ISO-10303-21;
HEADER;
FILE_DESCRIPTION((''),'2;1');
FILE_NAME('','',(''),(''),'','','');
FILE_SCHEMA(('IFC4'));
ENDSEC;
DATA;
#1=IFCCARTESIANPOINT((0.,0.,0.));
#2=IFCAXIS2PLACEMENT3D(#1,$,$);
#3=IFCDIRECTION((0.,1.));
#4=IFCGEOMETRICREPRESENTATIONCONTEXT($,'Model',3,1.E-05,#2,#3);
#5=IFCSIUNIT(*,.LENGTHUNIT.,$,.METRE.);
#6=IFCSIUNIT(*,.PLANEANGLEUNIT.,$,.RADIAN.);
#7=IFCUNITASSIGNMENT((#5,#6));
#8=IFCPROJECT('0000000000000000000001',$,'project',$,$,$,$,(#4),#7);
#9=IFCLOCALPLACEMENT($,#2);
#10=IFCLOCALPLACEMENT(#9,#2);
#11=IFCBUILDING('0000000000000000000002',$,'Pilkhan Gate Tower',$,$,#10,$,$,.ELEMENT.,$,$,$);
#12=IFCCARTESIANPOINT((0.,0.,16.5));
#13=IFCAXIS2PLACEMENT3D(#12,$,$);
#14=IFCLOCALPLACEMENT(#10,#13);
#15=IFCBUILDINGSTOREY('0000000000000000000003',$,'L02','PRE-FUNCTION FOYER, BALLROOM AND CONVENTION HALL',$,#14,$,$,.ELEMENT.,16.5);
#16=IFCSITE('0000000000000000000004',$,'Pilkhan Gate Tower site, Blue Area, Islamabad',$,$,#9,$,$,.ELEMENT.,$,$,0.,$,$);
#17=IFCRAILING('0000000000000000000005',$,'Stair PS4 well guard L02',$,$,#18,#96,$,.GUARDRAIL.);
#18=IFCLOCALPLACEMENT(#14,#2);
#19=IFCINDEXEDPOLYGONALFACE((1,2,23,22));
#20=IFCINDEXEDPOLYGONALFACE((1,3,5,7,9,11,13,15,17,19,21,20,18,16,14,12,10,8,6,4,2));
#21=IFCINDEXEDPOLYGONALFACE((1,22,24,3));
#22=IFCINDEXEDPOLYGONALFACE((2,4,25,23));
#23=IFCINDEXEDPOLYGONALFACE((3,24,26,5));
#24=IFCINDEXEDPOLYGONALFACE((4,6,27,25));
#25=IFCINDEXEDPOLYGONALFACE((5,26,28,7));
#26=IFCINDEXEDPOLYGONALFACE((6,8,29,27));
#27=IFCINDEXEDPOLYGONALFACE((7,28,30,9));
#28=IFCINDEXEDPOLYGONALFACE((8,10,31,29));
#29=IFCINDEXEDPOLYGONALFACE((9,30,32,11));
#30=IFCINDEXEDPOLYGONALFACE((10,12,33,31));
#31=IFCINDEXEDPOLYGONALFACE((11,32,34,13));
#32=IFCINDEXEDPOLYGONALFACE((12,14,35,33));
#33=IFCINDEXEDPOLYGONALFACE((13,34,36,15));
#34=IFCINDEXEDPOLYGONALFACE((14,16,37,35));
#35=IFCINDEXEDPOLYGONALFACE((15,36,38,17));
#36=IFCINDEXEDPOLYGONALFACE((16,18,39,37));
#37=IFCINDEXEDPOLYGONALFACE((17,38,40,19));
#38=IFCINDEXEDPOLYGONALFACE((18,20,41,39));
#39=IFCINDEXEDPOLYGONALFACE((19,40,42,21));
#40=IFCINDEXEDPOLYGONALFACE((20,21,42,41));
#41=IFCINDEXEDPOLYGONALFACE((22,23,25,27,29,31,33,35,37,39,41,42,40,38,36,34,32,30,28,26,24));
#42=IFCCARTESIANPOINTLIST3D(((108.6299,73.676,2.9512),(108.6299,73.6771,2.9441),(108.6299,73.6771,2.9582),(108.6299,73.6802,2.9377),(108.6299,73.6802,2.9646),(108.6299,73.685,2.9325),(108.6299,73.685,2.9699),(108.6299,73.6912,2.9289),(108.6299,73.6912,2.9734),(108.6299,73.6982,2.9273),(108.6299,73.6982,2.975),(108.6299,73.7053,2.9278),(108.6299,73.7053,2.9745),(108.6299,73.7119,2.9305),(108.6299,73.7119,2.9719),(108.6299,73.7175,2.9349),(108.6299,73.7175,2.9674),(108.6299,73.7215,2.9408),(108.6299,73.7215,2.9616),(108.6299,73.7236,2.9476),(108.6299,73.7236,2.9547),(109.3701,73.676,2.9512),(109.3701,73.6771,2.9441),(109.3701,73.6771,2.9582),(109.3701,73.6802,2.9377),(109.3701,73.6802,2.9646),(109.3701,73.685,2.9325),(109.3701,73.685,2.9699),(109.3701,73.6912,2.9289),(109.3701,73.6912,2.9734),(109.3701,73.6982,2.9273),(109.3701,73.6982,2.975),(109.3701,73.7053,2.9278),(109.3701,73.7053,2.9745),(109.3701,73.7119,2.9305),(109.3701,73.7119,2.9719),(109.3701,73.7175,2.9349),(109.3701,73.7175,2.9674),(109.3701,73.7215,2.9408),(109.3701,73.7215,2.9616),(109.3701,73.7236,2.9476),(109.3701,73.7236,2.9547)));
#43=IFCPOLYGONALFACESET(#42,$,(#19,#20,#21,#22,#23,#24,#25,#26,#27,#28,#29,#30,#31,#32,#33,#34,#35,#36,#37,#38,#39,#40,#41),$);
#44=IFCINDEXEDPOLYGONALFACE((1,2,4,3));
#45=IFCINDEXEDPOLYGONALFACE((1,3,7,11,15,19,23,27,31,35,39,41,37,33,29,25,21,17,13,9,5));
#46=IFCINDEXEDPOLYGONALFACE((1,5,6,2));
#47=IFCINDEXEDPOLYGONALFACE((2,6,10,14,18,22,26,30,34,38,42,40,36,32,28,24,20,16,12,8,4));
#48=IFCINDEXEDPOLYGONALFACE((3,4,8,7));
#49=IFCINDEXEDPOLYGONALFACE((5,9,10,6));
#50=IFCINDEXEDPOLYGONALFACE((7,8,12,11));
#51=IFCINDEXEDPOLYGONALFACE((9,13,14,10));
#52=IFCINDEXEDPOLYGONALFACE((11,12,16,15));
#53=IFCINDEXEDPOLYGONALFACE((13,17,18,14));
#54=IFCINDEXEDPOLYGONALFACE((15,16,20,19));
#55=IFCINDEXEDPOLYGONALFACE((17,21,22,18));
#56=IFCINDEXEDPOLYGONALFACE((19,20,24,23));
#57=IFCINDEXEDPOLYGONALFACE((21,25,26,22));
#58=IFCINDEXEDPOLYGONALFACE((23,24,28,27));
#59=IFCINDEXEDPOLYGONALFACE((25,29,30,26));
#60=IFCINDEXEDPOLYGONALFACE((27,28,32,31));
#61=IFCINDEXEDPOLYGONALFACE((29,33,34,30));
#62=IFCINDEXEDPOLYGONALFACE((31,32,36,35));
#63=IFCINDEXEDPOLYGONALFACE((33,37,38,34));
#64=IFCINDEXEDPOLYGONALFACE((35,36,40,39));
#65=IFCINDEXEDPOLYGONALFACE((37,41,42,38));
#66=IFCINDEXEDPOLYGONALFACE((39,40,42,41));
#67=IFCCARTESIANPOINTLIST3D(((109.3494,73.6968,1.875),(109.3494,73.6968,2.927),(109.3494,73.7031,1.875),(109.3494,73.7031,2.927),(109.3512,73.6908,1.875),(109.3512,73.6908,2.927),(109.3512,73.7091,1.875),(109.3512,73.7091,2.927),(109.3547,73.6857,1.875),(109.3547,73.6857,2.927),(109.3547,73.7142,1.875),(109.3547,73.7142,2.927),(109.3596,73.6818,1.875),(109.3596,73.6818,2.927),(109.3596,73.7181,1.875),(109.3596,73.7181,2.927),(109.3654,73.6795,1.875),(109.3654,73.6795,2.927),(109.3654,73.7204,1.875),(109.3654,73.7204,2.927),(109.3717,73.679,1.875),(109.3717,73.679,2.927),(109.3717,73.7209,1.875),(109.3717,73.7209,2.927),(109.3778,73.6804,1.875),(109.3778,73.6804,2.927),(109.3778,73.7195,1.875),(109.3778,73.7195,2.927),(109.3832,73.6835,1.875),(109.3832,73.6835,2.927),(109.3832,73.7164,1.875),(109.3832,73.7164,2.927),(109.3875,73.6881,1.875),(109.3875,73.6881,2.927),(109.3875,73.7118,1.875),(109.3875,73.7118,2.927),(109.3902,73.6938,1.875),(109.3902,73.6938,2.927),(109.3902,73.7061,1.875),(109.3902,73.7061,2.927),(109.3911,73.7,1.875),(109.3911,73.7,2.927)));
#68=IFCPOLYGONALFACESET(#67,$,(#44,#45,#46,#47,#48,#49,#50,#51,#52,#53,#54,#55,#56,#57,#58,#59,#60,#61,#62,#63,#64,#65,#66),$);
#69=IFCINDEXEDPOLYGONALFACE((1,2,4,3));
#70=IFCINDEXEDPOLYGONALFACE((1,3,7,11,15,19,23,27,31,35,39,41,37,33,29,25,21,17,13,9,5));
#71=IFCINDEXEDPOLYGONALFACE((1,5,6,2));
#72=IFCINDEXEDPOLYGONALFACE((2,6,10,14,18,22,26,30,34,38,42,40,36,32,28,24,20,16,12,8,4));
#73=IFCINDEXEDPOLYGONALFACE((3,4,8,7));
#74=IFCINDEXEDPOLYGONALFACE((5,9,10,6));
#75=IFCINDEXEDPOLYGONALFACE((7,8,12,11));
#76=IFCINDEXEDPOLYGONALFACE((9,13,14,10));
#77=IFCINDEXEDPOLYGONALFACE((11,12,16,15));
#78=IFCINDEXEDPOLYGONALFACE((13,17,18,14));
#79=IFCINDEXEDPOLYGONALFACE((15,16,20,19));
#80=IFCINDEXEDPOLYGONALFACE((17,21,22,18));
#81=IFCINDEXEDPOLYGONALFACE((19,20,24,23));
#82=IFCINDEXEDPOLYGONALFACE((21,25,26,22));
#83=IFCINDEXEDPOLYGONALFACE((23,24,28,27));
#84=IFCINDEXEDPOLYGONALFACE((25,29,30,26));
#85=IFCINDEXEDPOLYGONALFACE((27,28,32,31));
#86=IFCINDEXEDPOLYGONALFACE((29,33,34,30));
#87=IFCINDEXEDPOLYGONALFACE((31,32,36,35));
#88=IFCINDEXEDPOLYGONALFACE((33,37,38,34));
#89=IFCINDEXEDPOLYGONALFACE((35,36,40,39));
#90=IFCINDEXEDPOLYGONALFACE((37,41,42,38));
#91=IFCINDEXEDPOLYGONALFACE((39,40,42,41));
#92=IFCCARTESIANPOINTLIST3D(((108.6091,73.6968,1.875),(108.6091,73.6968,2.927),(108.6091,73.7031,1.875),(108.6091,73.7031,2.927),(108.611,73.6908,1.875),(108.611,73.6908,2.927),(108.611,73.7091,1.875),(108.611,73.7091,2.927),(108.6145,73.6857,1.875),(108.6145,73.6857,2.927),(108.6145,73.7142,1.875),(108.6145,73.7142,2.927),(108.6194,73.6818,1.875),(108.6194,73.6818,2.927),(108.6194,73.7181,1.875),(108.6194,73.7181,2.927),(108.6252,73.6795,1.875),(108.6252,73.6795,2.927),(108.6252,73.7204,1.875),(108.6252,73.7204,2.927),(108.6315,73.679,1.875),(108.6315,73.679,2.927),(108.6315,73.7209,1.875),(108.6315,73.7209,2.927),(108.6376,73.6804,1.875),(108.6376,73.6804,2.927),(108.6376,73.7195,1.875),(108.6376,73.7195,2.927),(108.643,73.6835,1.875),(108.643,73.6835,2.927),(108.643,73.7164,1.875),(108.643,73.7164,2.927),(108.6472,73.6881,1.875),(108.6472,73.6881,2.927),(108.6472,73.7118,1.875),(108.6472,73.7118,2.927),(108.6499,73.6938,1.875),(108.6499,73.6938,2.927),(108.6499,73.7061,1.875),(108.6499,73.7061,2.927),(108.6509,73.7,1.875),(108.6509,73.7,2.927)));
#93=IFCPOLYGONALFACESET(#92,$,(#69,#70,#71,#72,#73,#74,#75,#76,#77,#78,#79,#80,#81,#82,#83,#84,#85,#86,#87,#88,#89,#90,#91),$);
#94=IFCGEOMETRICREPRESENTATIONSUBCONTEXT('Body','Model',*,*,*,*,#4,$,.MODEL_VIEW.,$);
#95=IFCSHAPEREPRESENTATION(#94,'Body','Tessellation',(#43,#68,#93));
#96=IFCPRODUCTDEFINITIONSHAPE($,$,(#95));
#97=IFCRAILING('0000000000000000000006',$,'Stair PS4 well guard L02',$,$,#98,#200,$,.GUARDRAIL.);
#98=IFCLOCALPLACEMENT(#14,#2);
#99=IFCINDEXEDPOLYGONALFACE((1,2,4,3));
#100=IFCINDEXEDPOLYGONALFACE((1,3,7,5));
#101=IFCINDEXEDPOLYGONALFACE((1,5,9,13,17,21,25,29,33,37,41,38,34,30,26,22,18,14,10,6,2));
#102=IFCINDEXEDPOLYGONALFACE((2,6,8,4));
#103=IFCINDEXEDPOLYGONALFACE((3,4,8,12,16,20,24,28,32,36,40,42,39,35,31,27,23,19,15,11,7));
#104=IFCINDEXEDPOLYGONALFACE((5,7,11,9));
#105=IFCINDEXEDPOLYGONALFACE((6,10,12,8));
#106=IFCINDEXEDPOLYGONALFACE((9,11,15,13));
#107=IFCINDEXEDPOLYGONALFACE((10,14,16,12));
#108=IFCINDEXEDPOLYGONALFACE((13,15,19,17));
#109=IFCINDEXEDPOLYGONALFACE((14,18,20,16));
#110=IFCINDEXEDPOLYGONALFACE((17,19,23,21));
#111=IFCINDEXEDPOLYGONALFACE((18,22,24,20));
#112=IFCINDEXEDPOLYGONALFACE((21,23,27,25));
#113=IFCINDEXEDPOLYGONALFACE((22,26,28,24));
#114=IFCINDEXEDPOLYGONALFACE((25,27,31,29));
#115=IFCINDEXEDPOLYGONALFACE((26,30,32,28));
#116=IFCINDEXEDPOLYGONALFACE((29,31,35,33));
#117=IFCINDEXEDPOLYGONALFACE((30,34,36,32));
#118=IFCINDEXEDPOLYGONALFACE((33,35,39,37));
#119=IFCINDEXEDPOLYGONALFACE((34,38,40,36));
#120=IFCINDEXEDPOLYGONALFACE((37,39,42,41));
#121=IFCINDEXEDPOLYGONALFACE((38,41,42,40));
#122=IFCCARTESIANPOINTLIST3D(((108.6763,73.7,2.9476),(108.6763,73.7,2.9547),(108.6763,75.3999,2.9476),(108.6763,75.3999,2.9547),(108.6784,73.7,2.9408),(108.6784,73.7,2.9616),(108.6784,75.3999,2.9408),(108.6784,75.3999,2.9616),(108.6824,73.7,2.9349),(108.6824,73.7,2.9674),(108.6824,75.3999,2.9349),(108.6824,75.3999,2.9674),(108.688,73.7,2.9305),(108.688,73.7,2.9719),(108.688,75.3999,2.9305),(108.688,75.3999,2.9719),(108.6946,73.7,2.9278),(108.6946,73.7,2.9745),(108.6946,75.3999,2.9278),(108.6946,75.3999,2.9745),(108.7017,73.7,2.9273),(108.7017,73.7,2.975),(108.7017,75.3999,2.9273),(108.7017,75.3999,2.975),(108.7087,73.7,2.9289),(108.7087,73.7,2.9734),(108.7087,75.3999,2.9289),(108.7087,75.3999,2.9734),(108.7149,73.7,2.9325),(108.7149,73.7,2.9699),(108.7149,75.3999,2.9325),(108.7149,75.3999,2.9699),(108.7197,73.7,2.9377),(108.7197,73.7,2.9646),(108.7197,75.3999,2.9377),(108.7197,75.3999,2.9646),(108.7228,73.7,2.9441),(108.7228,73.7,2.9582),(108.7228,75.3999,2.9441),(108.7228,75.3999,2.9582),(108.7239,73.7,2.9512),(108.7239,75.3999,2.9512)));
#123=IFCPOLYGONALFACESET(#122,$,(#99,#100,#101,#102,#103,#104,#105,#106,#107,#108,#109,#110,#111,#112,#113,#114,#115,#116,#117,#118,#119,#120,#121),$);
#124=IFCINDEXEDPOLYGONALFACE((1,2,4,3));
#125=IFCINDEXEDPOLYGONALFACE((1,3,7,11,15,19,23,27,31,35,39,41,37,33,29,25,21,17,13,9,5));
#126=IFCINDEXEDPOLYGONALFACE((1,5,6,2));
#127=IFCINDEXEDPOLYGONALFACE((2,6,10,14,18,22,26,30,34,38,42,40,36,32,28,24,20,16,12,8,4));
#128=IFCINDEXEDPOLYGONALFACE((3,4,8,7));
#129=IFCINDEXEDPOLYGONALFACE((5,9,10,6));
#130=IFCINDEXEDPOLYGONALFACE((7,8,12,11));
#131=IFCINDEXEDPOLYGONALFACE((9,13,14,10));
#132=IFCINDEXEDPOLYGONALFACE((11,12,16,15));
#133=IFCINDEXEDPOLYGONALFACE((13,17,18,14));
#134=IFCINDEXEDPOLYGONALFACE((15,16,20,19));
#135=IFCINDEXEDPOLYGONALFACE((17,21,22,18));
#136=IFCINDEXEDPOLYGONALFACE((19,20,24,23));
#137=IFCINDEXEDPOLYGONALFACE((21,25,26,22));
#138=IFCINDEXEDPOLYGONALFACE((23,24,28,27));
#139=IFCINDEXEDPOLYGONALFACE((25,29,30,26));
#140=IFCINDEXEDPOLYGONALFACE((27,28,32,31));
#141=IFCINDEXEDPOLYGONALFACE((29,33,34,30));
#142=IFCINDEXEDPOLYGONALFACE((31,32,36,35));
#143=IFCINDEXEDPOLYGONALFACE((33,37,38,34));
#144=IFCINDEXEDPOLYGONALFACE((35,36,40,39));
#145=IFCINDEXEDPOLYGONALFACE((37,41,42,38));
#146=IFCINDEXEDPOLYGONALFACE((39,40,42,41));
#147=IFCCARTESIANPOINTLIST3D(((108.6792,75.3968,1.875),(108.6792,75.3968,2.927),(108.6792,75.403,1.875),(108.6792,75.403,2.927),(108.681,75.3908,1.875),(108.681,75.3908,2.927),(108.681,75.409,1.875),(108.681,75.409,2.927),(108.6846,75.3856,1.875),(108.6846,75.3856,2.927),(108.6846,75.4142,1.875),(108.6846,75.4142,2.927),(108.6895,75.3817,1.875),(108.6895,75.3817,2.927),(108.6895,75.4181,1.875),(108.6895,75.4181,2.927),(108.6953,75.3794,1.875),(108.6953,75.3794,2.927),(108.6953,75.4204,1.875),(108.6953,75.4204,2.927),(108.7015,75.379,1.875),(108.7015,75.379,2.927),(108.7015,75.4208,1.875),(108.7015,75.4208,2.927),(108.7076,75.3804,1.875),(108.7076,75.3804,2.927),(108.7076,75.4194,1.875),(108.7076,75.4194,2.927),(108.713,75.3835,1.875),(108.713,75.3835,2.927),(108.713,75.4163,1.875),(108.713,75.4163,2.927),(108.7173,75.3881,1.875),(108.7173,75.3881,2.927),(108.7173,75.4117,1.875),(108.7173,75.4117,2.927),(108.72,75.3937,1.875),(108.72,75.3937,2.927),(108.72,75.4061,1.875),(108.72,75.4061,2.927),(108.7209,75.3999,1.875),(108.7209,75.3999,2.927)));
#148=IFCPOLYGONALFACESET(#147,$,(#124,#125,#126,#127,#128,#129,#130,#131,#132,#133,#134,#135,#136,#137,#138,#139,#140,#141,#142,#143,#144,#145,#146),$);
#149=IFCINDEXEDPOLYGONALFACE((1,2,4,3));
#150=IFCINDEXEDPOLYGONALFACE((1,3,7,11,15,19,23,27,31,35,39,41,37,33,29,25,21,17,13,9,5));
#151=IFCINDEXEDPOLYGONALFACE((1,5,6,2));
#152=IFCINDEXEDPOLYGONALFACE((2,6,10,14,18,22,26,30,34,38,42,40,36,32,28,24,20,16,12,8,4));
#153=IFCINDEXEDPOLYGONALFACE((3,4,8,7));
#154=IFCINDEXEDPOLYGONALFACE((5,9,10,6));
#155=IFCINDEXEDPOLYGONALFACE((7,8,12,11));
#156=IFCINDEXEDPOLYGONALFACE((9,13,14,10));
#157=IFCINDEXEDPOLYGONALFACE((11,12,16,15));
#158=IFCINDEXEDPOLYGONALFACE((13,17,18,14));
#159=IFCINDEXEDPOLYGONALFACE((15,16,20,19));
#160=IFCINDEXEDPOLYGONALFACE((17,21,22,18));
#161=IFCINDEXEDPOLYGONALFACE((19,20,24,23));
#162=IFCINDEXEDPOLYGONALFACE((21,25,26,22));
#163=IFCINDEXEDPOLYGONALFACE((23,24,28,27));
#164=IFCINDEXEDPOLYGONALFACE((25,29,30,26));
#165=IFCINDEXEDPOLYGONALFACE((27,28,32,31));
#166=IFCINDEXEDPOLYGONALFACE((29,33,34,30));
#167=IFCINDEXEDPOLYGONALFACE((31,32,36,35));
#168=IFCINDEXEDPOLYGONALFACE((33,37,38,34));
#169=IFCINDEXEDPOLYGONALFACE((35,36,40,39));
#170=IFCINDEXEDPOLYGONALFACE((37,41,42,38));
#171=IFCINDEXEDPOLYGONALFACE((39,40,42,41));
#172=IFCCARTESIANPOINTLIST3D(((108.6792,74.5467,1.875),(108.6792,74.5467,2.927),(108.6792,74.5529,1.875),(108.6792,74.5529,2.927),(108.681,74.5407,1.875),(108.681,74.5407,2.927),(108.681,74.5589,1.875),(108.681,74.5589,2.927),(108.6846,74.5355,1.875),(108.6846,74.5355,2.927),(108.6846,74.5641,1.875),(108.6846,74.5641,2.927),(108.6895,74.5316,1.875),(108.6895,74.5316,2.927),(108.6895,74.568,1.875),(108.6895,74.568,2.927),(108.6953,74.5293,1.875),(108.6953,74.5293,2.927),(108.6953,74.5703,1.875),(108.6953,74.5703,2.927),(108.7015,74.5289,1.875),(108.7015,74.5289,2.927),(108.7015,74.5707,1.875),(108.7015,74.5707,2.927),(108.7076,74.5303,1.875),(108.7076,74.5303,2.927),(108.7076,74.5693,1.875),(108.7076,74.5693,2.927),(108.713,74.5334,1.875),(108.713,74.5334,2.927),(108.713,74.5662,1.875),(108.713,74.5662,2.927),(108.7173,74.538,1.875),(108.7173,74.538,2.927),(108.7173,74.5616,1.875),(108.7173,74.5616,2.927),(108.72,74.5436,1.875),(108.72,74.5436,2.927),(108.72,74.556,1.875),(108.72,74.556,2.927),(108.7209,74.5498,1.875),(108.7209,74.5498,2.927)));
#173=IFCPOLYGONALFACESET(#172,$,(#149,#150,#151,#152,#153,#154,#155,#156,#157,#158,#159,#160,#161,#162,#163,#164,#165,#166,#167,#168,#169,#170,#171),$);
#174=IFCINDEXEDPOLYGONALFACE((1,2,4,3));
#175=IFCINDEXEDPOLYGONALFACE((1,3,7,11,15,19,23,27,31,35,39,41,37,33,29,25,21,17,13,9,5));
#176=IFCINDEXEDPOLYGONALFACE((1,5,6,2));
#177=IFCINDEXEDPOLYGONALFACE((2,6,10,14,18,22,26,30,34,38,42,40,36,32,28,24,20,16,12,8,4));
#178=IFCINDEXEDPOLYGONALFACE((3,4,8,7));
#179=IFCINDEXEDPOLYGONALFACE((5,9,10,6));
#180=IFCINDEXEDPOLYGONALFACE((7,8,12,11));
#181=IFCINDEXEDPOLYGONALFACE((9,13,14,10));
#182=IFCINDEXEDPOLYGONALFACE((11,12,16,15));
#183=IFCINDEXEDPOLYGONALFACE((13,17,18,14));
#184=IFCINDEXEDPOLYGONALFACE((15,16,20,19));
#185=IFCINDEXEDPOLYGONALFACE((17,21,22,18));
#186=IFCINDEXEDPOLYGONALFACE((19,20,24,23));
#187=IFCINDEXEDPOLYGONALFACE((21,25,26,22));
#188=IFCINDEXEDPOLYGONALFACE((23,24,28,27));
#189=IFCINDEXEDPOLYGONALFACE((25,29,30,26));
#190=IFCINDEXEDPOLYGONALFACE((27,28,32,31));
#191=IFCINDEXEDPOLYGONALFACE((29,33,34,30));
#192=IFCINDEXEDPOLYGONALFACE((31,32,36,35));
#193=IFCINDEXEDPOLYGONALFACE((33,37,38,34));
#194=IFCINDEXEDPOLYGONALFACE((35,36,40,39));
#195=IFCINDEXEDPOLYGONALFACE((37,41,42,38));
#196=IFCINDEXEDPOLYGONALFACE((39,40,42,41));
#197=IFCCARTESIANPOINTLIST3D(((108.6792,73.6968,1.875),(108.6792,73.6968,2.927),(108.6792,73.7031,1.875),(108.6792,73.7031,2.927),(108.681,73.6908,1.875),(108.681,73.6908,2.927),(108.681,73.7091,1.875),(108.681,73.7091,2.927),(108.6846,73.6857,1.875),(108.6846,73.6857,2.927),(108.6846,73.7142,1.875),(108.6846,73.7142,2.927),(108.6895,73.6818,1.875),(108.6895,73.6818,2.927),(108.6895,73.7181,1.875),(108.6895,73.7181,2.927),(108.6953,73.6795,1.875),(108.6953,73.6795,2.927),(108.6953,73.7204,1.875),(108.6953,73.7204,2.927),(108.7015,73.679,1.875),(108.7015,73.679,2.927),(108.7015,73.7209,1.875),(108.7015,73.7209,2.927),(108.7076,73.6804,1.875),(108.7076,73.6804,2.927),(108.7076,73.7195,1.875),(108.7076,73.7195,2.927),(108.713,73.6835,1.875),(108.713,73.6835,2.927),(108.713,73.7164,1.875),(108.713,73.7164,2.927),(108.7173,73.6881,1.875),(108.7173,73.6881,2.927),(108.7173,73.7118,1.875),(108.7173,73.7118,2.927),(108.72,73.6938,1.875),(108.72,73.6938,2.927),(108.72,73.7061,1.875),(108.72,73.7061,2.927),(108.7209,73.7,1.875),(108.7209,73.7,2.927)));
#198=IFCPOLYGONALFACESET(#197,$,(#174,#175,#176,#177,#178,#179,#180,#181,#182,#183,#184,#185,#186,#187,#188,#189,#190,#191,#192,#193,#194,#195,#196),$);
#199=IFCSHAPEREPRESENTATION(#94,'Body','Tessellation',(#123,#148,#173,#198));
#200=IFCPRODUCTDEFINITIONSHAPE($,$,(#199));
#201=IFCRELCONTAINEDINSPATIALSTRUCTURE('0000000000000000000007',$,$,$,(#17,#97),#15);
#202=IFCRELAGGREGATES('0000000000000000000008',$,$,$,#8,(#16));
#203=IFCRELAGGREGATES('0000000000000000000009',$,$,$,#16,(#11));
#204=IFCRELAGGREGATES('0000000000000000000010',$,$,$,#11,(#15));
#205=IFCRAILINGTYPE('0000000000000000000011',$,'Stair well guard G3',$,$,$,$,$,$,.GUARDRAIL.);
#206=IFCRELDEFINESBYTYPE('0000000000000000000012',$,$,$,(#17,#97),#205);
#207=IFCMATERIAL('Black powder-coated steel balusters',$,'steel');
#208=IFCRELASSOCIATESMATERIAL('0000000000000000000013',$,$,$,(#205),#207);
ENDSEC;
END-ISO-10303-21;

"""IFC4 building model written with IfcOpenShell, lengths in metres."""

from ifc_helpers import new_model, si_unit, direction, frame, origin, origin_2d, place, context, subcontext, project, spatial, circle, extrude, material, type_object, element, save


model = new_model("IFC4")

# Units and contexts
model_context = context("Model", 3, precision=1e-05, world=origin(), true_north=direction((0.0, 1.0)))
body_context = subcontext(model_context, "Body", "Model", "MODEL_VIEW")
ifc_project = project(units=[si_unit("LENGTHUNIT", "METRE"), si_unit("PLANEANGLEUNIT", "RADIAN")], contexts=[model_context])

# Site, building, storey
site_placement = place(None, origin())
site = spatial("IfcSite", under=ifc_project, at=site_placement, Name="Pilkhan Gate Tower site, Blue Area, Islamabad", CompositionType="ELEMENT", RefElevation=0.0)
building_placement = place(site_placement, origin())
building = spatial("IfcBuilding", under=site, at=building_placement, Name="Pilkhan Gate Tower", CompositionType="ELEMENT")
storey_placement = place(building_placement, frame((0.0, 0.0, 16.5)))
storey = spatial("IfcBuildingStorey", under=building, at=storey_placement, Name="L02", Description="PRE-FUNCTION FOYER, BALLROOM AND CONVENTION HALL", CompositionType="ELEMENT", Elevation=16.5)

# Railings
ifc_material_1 = material(Name="Black powder-coated steel balusters", Category="steel")
railing_type_1 = type_object("IfcRailingType", Name="Stair well guard G3", PredefinedType="GUARDRAIL", material=ifc_material_1)
railing_1_placement = place(storey_placement, frame((109.3701, 73.7, 1.875)))
element("IfcRailing", 1, at=railing_1_placement, inside=storey, type_object=railing_type_1, Name="Stair PS4 well guard L02", PredefinedType="GUARDRAIL", context=body_context, shape_type="SweptSolid", body=[
    extrude(circle(Radius=0.0239, at=origin_2d()), frame((0.0, 0.0, 1.0762), z_axis=(-1.0, 0.0, 0.0), x_axis=(0.0, -1.0, 0.0)), (0.0, 0.0, 1.0), 0.7402),
    extrude(circle(Radius=0.021, at=origin_2d()), origin(), (0.0, 0.0, 1.0), 1.052),
    extrude(circle(Radius=0.021, at=origin_2d()), frame((-0.7402, 0.0, 0.0)), (0.0, 0.0, 1.0), 1.052),
])
railing_2_placement = place(storey_placement, frame((108.7, 75.3999, 1.875)))
element("IfcRailing", 2, at=railing_2_placement, inside=storey, type_object=railing_type_1, Name="Stair PS4 well guard L02", PredefinedType="GUARDRAIL", context=body_context, shape_type="SweptSolid", body=[
    extrude(circle(Radius=0.0239, at=origin_2d()), frame((0.0, 0.0, 1.0762), z_axis=(0.0, -1.0, 0.0), x_axis=(1.0, 0.0, 0.0)), (0.0, 0.0, 1.0), 1.7),
    extrude(circle(Radius=0.021, at=origin_2d()), origin(), (0.0, 0.0, 1.0), 1.052),
    extrude(circle(Radius=0.021, at=origin_2d()), frame((0.0, -0.8501, 0.0)), (0.0, 0.0, 1.0), 1.052),
    extrude(circle(Radius=0.021, at=origin_2d()), frame((0.0, -1.7, 0.0)), (0.0, 0.0, 1.0), 1.052),
])

save(model, "model.ifc")
